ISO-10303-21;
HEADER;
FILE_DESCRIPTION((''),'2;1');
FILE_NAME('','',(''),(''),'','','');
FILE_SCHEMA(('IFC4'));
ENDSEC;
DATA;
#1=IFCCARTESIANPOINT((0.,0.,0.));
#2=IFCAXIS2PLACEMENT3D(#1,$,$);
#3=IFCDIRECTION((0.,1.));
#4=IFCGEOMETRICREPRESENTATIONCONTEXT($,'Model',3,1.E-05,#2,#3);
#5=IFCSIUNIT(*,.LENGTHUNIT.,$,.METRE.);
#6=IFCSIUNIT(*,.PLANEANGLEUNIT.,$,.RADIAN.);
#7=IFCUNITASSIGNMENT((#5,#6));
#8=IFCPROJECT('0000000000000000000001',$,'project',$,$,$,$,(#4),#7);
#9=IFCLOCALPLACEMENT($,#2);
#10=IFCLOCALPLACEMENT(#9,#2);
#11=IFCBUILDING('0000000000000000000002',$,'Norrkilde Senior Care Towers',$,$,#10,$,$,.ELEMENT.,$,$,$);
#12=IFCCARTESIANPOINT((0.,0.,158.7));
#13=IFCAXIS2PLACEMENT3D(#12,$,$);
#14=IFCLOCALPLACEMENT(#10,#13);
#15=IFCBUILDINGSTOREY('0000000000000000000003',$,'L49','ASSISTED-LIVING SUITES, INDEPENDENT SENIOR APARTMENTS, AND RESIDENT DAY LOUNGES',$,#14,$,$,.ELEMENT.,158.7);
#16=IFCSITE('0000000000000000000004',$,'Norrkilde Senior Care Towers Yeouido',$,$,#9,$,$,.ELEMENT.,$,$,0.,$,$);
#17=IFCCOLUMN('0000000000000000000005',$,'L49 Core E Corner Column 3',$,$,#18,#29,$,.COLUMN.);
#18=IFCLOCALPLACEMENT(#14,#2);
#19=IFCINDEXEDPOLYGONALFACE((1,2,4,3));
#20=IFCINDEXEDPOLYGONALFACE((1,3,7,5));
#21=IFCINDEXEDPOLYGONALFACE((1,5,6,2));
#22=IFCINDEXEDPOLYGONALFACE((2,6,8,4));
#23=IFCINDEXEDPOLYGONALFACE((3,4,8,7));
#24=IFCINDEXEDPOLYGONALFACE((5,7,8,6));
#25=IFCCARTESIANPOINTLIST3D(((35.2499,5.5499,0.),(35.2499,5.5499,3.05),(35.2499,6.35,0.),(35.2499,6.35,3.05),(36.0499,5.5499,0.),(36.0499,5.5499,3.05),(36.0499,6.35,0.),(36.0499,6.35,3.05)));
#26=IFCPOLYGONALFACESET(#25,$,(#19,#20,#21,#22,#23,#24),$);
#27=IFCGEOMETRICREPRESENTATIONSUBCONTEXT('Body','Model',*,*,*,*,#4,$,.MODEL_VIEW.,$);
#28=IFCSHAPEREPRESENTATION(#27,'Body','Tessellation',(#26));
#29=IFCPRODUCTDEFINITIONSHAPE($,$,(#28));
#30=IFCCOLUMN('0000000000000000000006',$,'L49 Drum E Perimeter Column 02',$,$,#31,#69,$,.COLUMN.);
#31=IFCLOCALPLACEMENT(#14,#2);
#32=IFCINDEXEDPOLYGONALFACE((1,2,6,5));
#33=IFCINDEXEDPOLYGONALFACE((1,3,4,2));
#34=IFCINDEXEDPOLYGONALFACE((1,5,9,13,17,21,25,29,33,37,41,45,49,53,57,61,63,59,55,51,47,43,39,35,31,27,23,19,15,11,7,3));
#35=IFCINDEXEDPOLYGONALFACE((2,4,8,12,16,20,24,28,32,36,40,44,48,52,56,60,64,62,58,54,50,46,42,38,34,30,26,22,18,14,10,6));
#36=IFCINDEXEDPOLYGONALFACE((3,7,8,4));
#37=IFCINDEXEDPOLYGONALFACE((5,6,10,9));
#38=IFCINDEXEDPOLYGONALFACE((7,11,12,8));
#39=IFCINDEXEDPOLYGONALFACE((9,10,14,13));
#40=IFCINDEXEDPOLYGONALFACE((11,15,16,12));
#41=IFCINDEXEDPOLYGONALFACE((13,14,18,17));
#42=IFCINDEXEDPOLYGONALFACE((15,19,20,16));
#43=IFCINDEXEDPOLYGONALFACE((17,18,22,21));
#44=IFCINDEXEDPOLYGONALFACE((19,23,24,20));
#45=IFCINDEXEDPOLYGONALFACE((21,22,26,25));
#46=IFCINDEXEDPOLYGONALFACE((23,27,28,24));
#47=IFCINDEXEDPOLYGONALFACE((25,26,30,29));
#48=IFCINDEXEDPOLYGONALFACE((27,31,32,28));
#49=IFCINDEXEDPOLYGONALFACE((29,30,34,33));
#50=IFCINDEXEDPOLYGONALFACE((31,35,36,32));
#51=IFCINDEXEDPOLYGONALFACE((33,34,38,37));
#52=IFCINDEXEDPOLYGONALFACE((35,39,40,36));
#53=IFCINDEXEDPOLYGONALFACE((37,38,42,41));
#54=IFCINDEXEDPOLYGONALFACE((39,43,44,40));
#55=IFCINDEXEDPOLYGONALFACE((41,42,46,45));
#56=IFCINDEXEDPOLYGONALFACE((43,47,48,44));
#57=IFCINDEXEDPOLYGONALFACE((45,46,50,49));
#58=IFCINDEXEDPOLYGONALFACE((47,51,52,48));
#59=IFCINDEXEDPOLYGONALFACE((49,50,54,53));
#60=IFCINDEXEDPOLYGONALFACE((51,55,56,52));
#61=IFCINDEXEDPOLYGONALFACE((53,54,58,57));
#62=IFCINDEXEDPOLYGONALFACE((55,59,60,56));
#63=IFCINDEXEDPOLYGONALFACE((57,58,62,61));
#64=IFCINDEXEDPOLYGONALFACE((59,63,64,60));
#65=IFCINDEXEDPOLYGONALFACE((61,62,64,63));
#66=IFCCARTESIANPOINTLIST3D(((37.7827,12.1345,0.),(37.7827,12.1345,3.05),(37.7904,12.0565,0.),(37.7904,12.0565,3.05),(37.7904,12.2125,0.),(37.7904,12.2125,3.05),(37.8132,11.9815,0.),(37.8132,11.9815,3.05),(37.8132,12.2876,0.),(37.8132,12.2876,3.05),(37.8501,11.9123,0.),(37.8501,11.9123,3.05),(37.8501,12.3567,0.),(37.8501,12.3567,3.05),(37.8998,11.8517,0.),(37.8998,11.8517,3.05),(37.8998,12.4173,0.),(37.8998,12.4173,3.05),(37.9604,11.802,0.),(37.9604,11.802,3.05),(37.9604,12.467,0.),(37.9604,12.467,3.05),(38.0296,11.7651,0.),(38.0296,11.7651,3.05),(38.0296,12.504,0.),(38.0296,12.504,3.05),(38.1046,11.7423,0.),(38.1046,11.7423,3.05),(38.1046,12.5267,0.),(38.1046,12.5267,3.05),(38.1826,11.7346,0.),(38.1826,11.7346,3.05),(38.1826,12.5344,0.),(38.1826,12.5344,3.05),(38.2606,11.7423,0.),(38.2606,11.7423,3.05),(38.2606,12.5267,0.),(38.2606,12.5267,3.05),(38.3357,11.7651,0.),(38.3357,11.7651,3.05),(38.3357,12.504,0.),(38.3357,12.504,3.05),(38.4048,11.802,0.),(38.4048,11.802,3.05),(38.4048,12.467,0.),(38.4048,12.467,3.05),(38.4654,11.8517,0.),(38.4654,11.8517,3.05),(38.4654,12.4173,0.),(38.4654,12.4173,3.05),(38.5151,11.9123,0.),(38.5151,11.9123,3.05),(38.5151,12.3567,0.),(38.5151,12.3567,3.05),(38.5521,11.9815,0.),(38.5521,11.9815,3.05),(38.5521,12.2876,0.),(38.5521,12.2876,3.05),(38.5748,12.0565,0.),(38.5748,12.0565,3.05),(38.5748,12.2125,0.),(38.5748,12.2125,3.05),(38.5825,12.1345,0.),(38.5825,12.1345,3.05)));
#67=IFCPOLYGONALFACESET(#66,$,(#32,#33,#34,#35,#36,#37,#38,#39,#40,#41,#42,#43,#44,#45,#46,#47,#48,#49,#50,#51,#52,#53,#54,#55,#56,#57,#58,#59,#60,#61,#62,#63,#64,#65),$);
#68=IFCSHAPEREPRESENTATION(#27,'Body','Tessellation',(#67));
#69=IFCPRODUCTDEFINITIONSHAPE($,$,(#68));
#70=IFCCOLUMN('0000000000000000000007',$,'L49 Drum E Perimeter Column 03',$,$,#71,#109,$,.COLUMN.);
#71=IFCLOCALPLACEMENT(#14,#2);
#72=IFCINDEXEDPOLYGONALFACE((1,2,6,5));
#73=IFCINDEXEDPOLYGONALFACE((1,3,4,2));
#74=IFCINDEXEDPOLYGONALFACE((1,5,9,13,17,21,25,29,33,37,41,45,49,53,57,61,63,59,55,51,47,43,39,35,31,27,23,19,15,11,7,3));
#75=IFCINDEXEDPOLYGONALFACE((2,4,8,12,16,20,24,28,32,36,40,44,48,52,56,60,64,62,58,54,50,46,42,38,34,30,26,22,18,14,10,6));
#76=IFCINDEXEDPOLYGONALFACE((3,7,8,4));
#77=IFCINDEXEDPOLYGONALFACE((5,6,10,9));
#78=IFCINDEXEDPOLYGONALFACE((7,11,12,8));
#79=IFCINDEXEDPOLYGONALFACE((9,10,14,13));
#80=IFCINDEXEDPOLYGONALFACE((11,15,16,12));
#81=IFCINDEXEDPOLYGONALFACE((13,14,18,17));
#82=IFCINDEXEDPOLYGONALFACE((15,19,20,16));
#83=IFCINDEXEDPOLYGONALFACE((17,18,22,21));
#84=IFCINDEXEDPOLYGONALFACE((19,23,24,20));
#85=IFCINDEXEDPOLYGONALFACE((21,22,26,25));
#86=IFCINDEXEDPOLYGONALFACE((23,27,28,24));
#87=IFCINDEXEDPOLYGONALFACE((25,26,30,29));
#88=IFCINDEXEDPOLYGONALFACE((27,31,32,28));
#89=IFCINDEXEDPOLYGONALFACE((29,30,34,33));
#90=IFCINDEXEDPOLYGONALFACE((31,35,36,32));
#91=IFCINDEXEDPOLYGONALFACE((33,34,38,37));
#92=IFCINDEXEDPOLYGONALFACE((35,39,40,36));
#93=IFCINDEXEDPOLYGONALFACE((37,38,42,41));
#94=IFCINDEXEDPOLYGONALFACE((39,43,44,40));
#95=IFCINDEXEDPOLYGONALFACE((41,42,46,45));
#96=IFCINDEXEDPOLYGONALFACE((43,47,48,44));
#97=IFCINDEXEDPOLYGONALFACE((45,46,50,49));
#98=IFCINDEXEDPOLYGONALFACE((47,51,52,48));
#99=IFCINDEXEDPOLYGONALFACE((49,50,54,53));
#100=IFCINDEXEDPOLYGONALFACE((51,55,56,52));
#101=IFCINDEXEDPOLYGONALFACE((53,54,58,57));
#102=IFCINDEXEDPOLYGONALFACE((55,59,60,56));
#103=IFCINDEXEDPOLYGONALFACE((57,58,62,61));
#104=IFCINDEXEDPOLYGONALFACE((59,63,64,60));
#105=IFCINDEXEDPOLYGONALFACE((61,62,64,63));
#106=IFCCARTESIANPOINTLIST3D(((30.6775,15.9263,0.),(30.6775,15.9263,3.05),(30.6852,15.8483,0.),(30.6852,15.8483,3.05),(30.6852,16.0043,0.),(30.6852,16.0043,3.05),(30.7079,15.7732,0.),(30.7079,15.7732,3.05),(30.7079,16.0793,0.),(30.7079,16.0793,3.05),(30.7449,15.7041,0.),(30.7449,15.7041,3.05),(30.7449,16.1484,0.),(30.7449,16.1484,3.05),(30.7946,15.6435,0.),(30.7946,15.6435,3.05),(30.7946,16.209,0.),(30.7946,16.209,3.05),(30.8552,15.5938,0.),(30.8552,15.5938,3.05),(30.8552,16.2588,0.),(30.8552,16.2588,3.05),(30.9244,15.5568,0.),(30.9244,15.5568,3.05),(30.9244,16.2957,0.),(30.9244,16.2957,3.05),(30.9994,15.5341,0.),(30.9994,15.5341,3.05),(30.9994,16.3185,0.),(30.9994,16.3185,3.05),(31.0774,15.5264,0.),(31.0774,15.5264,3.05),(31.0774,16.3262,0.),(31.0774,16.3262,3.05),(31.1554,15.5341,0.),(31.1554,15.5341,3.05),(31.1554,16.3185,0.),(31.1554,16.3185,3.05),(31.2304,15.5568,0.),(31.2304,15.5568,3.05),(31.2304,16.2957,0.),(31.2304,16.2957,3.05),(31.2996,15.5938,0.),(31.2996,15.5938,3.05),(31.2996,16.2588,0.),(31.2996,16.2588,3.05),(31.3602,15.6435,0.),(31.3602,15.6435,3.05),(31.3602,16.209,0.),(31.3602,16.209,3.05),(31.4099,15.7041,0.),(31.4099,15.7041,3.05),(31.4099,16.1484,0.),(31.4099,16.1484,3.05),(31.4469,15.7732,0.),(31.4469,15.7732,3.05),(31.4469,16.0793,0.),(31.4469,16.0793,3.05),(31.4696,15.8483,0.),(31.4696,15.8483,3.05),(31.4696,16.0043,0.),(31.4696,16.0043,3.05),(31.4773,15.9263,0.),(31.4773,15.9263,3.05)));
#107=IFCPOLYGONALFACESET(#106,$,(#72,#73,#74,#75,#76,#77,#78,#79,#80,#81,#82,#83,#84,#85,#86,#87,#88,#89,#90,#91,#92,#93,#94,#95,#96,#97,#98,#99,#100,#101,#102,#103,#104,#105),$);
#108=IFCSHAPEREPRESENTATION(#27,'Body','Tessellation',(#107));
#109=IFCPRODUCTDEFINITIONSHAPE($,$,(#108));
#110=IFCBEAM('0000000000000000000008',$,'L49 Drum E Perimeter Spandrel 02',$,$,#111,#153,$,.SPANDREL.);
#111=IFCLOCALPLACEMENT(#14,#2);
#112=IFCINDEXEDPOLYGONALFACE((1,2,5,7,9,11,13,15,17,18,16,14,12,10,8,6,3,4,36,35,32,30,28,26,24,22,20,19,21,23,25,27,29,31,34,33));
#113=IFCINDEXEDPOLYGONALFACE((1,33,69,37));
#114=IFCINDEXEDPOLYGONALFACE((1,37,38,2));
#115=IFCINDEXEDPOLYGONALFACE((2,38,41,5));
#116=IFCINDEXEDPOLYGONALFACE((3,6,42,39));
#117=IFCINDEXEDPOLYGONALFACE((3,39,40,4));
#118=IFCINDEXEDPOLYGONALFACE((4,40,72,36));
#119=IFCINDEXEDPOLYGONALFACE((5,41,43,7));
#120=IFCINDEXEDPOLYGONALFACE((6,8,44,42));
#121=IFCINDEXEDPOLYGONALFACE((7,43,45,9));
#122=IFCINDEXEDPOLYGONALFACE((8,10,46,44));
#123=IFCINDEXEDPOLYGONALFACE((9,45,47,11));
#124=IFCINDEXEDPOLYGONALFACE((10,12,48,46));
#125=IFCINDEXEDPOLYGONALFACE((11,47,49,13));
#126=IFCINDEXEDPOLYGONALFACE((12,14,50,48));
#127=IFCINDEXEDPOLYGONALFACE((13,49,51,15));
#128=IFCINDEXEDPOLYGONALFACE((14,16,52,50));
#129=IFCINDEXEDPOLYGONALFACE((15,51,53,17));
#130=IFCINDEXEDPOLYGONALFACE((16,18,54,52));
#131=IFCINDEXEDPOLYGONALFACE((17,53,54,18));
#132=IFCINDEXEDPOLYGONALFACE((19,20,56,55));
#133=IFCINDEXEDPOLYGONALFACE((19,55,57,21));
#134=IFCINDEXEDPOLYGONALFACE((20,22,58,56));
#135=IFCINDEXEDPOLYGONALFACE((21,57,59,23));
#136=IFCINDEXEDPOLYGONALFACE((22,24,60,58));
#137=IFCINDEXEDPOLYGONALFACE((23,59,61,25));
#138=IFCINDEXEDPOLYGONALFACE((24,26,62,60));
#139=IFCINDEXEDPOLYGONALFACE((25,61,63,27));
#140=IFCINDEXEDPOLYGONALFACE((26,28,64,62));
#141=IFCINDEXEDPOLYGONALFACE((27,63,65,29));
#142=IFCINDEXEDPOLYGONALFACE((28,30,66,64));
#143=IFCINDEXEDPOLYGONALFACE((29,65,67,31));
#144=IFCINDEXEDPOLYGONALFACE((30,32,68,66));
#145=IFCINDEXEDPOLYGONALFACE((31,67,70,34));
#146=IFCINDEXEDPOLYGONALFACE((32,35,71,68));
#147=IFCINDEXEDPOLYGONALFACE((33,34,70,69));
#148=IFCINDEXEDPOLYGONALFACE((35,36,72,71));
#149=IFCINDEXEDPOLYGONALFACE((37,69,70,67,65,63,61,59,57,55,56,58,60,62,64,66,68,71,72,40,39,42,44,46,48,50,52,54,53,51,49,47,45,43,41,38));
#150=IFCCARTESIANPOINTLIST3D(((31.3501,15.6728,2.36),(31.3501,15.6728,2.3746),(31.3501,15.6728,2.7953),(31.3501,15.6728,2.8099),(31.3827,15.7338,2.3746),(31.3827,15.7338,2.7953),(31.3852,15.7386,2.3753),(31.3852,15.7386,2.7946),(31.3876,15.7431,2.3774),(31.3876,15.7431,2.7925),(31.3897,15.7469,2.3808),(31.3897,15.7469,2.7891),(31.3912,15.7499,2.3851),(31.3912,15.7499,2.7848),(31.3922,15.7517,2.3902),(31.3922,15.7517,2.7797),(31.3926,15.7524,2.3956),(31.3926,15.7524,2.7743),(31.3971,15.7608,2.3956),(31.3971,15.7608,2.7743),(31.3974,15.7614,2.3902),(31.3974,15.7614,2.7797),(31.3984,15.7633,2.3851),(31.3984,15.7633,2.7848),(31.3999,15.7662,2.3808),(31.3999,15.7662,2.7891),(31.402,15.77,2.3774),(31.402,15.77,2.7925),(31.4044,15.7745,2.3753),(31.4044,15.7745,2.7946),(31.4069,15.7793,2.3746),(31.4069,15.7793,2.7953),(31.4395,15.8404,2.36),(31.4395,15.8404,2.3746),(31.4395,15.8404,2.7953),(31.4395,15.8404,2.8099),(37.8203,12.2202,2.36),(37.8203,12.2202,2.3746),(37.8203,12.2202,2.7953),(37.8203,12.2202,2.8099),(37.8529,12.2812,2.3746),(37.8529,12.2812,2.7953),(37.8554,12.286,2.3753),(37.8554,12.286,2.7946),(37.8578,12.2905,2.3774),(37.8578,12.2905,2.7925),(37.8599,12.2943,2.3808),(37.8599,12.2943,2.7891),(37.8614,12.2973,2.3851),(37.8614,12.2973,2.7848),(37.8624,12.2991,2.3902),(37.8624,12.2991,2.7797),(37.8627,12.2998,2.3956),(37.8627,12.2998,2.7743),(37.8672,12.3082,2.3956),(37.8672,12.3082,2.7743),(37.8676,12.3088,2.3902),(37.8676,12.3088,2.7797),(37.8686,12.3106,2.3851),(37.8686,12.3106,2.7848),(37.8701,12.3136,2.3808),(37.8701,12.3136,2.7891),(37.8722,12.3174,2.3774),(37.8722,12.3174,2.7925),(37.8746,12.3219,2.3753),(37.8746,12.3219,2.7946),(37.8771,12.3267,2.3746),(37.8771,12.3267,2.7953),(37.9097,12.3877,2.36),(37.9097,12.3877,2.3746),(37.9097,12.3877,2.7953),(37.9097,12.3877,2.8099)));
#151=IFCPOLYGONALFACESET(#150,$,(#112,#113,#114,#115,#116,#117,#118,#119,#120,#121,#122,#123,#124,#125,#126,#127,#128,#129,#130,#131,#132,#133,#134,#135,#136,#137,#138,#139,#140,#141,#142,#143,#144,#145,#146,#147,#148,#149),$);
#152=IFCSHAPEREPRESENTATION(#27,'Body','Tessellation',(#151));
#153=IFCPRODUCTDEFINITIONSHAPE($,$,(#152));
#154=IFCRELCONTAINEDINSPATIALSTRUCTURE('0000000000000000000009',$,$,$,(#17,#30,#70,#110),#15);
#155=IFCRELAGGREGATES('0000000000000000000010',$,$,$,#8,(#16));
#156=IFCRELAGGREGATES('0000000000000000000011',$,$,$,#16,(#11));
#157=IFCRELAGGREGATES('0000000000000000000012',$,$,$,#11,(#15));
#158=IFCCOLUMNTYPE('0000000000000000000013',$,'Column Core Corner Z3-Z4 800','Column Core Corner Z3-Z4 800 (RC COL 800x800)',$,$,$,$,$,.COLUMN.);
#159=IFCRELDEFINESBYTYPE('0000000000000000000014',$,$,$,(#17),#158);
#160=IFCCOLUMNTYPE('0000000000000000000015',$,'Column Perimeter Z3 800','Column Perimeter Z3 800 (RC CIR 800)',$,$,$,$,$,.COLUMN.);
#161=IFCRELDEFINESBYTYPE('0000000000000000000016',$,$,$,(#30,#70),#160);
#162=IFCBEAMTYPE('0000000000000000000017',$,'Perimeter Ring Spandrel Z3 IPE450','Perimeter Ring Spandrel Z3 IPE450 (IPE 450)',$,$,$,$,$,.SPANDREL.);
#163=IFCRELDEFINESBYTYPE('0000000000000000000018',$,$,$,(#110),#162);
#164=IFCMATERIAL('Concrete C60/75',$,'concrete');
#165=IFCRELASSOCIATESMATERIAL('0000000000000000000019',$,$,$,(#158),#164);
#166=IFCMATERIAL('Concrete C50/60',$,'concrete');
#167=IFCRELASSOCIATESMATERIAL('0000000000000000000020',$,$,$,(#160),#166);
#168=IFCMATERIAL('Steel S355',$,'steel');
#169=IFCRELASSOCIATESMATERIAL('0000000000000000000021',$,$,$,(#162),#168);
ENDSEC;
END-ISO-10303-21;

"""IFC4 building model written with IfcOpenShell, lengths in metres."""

from ifc_helpers import new_model, si_unit, direction, frame, origin, origin_2d, place, context, subcontext, project, spatial, rectangle, circle, i_section, extrude, source, transform, mapped, material, material_profile, profile_set, type_object, type_shapes, element, save


model = new_model("IFC4")

# Units and contexts
model_context = context("Model", 3, precision=1e-05, world=origin(), true_north=direction((0.0, 1.0)))
body_context = subcontext(model_context, "Body", "Model", "MODEL_VIEW")
ifc_project = project(units=[si_unit("LENGTHUNIT", "METRE"), si_unit("PLANEANGLEUNIT", "RADIAN")], contexts=[model_context])

# Site, building, storey
site_placement = place(None, origin())
site = spatial("IfcSite", under=ifc_project, at=site_placement, Name="Norrkilde Senior Care Towers Yeouido", CompositionType="ELEMENT", RefElevation=0.0)
building_placement = place(site_placement, origin())
building = spatial("IfcBuilding", under=site, at=building_placement, Name="Norrkilde Senior Care Towers", CompositionType="ELEMENT")
storey_placement = place(building_placement, frame((0.0, 0.0, 158.7)))
storey = spatial("IfcBuildingStorey", under=building, at=storey_placement, Name="L49", Description="ASSISTED-LIVING SUITES, INDEPENDENT SENIOR APARTMENTS, AND RESIDENT DAY LOUNGES", CompositionType="ELEMENT", Elevation=158.7)

# Columns
ifc_material_1 = material(Name="Concrete C60/75", Category="concrete")
ifc_material_profile_1 = material_profile(ifc_material_1, rectangle(XDim=0.8, YDim=0.8, at=origin_2d()), Name="RC COL 800x800")
ifc_profile_set_1 = profile_set([ifc_material_profile_1], Name="Concrete C60/75")
column_type_1 = type_object("IfcColumnType", Name="Column Core Corner Z3-Z4 800", Description="Column Core Corner Z3-Z4 800 (RC COL 800x800)", PredefinedType="COLUMN", material=ifc_profile_set_1)
shared_shape_1 = source(origin(), body_context, "Body", "SweptSolid", [
    extrude(rectangle(XDim=0.8, YDim=0.8, at=origin_2d()), origin(), (0.0, 0.0, 1.0), 3.05),
])
type_shapes(column_type_1, [shared_shape_1])
column_placement = place(storey_placement, frame((35.6499, 5.95, 0.0), z_axis=(0.0, 0.0, 1.0), x_axis=(1.0, 0.0, 0.0)))
element("IfcColumn", 1, at=column_placement, inside=storey, type_object=column_type_1, Name="L49 Core E Corner Column 3", PredefinedType="COLUMN", context=body_context, shape_type="MappedRepresentation", body=[
    mapped(shared_shape_1, transform((0.0, 0.0, 0.0), x_axis=(1.0, 0.0, 0.0), y_axis=(0.0, 1.0, 0.0), z_axis=(0.0, 0.0, 1.0), scale=1.0)),
])
ifc_material_2 = material(Name="Concrete C50/60", Category="concrete")
ifc_material_profile_2 = material_profile(ifc_material_2, circle(Radius=0.3999, at=origin_2d()), Name="RC CIR 800")
ifc_profile_set_2 = profile_set([ifc_material_profile_2], Name="Concrete C50/60")
column_type_2 = type_object("IfcColumnType", Name="Column Perimeter Z3 800", Description="Column Perimeter Z3 800 (RC CIR 800)", PredefinedType="COLUMN", material=ifc_profile_set_2)
shared_shape_2 = source(origin(), body_context, "Body", "SweptSolid", [
    extrude(circle(Radius=0.3999, at=origin_2d()), origin(), (0.0, 0.0, 1.0), 3.05),
])
type_shapes(column_type_2, [shared_shape_2])
for number, where, z_axis, x_axis, name in (
    (2, (38.1826, 12.1345, 0.0), (0.0, 0.0, 1.0), (1.0, 0.0, 0.0), "L49 Drum E Perimeter Column 02"),
    (3, (31.0774, 15.9263, 0.0), (0.0, 0.0, 1.0), (1.0, 0.0, 0.0), "L49 Drum E Perimeter Column 03"),
):
    element("IfcColumn", number, at=place(storey_placement, frame(where, z_axis=z_axis, x_axis=x_axis)), inside=storey, type_object=column_type_2, Name=name, PredefinedType="COLUMN", context=body_context, shape_type="MappedRepresentation", body=[
        mapped(shared_shape_2, transform((0.0, 0.0, 0.0), x_axis=(1.0, 0.0, 0.0), y_axis=(0.0, 1.0, 0.0), z_axis=(0.0, 0.0, 1.0), scale=1.0)),
    ])

# Beam
ifc_material_3 = material(Name="Steel S355", Category="steel")
ifc_material_profile_3 = material_profile(ifc_material_3, i_section(OverallWidth=0.1899, OverallDepth=0.45, WebThickness=0.0095, FlangeThickness=0.0146, FilletRadius=0.021, at=origin_2d()), Name="IPE 450")
ifc_profile_set_3 = profile_set([ifc_material_profile_3], Name="Steel S355")
beam_type = type_object("IfcBeamType", Name="Perimeter Ring Spandrel Z3 IPE450", Description="Perimeter Ring Spandrel Z3 IPE450 (IPE 450)", PredefinedType="SPANDREL", material=ifc_profile_set_3)
shared_shape_3 = source(origin(), body_context, "Body", "SweptSolid", [
    extrude(i_section(OverallWidth=0.1899, OverallDepth=0.45, WebThickness=0.0095, FlangeThickness=0.0146, FilletRadius=0.021, at=origin_2d()), origin(), (0.0, 0.0, 1.0), 7.3337),
])
beam_1_placement = place(storey_placement, frame((37.865, 12.304, 2.585), z_axis=(-0.882248, 0.470785, 0.0), x_axis=(-0.470785, -0.882248, 0.0)))
element("IfcBeam", 4, at=beam_1_placement, inside=storey, type_object=beam_type, Name="L49 Drum E Perimeter Spandrel 02", PredefinedType="SPANDREL", context=body_context, shape_type="MappedRepresentation", body=[
    mapped(shared_shape_3, transform((0.0, 0.0, 0.0), x_axis=(1.0, 0.0, 0.0), y_axis=(0.0, 1.0, 0.0), z_axis=(0.0, 0.0, 1.0), scale=1.0)),
])

save(model, "model.ifc")
